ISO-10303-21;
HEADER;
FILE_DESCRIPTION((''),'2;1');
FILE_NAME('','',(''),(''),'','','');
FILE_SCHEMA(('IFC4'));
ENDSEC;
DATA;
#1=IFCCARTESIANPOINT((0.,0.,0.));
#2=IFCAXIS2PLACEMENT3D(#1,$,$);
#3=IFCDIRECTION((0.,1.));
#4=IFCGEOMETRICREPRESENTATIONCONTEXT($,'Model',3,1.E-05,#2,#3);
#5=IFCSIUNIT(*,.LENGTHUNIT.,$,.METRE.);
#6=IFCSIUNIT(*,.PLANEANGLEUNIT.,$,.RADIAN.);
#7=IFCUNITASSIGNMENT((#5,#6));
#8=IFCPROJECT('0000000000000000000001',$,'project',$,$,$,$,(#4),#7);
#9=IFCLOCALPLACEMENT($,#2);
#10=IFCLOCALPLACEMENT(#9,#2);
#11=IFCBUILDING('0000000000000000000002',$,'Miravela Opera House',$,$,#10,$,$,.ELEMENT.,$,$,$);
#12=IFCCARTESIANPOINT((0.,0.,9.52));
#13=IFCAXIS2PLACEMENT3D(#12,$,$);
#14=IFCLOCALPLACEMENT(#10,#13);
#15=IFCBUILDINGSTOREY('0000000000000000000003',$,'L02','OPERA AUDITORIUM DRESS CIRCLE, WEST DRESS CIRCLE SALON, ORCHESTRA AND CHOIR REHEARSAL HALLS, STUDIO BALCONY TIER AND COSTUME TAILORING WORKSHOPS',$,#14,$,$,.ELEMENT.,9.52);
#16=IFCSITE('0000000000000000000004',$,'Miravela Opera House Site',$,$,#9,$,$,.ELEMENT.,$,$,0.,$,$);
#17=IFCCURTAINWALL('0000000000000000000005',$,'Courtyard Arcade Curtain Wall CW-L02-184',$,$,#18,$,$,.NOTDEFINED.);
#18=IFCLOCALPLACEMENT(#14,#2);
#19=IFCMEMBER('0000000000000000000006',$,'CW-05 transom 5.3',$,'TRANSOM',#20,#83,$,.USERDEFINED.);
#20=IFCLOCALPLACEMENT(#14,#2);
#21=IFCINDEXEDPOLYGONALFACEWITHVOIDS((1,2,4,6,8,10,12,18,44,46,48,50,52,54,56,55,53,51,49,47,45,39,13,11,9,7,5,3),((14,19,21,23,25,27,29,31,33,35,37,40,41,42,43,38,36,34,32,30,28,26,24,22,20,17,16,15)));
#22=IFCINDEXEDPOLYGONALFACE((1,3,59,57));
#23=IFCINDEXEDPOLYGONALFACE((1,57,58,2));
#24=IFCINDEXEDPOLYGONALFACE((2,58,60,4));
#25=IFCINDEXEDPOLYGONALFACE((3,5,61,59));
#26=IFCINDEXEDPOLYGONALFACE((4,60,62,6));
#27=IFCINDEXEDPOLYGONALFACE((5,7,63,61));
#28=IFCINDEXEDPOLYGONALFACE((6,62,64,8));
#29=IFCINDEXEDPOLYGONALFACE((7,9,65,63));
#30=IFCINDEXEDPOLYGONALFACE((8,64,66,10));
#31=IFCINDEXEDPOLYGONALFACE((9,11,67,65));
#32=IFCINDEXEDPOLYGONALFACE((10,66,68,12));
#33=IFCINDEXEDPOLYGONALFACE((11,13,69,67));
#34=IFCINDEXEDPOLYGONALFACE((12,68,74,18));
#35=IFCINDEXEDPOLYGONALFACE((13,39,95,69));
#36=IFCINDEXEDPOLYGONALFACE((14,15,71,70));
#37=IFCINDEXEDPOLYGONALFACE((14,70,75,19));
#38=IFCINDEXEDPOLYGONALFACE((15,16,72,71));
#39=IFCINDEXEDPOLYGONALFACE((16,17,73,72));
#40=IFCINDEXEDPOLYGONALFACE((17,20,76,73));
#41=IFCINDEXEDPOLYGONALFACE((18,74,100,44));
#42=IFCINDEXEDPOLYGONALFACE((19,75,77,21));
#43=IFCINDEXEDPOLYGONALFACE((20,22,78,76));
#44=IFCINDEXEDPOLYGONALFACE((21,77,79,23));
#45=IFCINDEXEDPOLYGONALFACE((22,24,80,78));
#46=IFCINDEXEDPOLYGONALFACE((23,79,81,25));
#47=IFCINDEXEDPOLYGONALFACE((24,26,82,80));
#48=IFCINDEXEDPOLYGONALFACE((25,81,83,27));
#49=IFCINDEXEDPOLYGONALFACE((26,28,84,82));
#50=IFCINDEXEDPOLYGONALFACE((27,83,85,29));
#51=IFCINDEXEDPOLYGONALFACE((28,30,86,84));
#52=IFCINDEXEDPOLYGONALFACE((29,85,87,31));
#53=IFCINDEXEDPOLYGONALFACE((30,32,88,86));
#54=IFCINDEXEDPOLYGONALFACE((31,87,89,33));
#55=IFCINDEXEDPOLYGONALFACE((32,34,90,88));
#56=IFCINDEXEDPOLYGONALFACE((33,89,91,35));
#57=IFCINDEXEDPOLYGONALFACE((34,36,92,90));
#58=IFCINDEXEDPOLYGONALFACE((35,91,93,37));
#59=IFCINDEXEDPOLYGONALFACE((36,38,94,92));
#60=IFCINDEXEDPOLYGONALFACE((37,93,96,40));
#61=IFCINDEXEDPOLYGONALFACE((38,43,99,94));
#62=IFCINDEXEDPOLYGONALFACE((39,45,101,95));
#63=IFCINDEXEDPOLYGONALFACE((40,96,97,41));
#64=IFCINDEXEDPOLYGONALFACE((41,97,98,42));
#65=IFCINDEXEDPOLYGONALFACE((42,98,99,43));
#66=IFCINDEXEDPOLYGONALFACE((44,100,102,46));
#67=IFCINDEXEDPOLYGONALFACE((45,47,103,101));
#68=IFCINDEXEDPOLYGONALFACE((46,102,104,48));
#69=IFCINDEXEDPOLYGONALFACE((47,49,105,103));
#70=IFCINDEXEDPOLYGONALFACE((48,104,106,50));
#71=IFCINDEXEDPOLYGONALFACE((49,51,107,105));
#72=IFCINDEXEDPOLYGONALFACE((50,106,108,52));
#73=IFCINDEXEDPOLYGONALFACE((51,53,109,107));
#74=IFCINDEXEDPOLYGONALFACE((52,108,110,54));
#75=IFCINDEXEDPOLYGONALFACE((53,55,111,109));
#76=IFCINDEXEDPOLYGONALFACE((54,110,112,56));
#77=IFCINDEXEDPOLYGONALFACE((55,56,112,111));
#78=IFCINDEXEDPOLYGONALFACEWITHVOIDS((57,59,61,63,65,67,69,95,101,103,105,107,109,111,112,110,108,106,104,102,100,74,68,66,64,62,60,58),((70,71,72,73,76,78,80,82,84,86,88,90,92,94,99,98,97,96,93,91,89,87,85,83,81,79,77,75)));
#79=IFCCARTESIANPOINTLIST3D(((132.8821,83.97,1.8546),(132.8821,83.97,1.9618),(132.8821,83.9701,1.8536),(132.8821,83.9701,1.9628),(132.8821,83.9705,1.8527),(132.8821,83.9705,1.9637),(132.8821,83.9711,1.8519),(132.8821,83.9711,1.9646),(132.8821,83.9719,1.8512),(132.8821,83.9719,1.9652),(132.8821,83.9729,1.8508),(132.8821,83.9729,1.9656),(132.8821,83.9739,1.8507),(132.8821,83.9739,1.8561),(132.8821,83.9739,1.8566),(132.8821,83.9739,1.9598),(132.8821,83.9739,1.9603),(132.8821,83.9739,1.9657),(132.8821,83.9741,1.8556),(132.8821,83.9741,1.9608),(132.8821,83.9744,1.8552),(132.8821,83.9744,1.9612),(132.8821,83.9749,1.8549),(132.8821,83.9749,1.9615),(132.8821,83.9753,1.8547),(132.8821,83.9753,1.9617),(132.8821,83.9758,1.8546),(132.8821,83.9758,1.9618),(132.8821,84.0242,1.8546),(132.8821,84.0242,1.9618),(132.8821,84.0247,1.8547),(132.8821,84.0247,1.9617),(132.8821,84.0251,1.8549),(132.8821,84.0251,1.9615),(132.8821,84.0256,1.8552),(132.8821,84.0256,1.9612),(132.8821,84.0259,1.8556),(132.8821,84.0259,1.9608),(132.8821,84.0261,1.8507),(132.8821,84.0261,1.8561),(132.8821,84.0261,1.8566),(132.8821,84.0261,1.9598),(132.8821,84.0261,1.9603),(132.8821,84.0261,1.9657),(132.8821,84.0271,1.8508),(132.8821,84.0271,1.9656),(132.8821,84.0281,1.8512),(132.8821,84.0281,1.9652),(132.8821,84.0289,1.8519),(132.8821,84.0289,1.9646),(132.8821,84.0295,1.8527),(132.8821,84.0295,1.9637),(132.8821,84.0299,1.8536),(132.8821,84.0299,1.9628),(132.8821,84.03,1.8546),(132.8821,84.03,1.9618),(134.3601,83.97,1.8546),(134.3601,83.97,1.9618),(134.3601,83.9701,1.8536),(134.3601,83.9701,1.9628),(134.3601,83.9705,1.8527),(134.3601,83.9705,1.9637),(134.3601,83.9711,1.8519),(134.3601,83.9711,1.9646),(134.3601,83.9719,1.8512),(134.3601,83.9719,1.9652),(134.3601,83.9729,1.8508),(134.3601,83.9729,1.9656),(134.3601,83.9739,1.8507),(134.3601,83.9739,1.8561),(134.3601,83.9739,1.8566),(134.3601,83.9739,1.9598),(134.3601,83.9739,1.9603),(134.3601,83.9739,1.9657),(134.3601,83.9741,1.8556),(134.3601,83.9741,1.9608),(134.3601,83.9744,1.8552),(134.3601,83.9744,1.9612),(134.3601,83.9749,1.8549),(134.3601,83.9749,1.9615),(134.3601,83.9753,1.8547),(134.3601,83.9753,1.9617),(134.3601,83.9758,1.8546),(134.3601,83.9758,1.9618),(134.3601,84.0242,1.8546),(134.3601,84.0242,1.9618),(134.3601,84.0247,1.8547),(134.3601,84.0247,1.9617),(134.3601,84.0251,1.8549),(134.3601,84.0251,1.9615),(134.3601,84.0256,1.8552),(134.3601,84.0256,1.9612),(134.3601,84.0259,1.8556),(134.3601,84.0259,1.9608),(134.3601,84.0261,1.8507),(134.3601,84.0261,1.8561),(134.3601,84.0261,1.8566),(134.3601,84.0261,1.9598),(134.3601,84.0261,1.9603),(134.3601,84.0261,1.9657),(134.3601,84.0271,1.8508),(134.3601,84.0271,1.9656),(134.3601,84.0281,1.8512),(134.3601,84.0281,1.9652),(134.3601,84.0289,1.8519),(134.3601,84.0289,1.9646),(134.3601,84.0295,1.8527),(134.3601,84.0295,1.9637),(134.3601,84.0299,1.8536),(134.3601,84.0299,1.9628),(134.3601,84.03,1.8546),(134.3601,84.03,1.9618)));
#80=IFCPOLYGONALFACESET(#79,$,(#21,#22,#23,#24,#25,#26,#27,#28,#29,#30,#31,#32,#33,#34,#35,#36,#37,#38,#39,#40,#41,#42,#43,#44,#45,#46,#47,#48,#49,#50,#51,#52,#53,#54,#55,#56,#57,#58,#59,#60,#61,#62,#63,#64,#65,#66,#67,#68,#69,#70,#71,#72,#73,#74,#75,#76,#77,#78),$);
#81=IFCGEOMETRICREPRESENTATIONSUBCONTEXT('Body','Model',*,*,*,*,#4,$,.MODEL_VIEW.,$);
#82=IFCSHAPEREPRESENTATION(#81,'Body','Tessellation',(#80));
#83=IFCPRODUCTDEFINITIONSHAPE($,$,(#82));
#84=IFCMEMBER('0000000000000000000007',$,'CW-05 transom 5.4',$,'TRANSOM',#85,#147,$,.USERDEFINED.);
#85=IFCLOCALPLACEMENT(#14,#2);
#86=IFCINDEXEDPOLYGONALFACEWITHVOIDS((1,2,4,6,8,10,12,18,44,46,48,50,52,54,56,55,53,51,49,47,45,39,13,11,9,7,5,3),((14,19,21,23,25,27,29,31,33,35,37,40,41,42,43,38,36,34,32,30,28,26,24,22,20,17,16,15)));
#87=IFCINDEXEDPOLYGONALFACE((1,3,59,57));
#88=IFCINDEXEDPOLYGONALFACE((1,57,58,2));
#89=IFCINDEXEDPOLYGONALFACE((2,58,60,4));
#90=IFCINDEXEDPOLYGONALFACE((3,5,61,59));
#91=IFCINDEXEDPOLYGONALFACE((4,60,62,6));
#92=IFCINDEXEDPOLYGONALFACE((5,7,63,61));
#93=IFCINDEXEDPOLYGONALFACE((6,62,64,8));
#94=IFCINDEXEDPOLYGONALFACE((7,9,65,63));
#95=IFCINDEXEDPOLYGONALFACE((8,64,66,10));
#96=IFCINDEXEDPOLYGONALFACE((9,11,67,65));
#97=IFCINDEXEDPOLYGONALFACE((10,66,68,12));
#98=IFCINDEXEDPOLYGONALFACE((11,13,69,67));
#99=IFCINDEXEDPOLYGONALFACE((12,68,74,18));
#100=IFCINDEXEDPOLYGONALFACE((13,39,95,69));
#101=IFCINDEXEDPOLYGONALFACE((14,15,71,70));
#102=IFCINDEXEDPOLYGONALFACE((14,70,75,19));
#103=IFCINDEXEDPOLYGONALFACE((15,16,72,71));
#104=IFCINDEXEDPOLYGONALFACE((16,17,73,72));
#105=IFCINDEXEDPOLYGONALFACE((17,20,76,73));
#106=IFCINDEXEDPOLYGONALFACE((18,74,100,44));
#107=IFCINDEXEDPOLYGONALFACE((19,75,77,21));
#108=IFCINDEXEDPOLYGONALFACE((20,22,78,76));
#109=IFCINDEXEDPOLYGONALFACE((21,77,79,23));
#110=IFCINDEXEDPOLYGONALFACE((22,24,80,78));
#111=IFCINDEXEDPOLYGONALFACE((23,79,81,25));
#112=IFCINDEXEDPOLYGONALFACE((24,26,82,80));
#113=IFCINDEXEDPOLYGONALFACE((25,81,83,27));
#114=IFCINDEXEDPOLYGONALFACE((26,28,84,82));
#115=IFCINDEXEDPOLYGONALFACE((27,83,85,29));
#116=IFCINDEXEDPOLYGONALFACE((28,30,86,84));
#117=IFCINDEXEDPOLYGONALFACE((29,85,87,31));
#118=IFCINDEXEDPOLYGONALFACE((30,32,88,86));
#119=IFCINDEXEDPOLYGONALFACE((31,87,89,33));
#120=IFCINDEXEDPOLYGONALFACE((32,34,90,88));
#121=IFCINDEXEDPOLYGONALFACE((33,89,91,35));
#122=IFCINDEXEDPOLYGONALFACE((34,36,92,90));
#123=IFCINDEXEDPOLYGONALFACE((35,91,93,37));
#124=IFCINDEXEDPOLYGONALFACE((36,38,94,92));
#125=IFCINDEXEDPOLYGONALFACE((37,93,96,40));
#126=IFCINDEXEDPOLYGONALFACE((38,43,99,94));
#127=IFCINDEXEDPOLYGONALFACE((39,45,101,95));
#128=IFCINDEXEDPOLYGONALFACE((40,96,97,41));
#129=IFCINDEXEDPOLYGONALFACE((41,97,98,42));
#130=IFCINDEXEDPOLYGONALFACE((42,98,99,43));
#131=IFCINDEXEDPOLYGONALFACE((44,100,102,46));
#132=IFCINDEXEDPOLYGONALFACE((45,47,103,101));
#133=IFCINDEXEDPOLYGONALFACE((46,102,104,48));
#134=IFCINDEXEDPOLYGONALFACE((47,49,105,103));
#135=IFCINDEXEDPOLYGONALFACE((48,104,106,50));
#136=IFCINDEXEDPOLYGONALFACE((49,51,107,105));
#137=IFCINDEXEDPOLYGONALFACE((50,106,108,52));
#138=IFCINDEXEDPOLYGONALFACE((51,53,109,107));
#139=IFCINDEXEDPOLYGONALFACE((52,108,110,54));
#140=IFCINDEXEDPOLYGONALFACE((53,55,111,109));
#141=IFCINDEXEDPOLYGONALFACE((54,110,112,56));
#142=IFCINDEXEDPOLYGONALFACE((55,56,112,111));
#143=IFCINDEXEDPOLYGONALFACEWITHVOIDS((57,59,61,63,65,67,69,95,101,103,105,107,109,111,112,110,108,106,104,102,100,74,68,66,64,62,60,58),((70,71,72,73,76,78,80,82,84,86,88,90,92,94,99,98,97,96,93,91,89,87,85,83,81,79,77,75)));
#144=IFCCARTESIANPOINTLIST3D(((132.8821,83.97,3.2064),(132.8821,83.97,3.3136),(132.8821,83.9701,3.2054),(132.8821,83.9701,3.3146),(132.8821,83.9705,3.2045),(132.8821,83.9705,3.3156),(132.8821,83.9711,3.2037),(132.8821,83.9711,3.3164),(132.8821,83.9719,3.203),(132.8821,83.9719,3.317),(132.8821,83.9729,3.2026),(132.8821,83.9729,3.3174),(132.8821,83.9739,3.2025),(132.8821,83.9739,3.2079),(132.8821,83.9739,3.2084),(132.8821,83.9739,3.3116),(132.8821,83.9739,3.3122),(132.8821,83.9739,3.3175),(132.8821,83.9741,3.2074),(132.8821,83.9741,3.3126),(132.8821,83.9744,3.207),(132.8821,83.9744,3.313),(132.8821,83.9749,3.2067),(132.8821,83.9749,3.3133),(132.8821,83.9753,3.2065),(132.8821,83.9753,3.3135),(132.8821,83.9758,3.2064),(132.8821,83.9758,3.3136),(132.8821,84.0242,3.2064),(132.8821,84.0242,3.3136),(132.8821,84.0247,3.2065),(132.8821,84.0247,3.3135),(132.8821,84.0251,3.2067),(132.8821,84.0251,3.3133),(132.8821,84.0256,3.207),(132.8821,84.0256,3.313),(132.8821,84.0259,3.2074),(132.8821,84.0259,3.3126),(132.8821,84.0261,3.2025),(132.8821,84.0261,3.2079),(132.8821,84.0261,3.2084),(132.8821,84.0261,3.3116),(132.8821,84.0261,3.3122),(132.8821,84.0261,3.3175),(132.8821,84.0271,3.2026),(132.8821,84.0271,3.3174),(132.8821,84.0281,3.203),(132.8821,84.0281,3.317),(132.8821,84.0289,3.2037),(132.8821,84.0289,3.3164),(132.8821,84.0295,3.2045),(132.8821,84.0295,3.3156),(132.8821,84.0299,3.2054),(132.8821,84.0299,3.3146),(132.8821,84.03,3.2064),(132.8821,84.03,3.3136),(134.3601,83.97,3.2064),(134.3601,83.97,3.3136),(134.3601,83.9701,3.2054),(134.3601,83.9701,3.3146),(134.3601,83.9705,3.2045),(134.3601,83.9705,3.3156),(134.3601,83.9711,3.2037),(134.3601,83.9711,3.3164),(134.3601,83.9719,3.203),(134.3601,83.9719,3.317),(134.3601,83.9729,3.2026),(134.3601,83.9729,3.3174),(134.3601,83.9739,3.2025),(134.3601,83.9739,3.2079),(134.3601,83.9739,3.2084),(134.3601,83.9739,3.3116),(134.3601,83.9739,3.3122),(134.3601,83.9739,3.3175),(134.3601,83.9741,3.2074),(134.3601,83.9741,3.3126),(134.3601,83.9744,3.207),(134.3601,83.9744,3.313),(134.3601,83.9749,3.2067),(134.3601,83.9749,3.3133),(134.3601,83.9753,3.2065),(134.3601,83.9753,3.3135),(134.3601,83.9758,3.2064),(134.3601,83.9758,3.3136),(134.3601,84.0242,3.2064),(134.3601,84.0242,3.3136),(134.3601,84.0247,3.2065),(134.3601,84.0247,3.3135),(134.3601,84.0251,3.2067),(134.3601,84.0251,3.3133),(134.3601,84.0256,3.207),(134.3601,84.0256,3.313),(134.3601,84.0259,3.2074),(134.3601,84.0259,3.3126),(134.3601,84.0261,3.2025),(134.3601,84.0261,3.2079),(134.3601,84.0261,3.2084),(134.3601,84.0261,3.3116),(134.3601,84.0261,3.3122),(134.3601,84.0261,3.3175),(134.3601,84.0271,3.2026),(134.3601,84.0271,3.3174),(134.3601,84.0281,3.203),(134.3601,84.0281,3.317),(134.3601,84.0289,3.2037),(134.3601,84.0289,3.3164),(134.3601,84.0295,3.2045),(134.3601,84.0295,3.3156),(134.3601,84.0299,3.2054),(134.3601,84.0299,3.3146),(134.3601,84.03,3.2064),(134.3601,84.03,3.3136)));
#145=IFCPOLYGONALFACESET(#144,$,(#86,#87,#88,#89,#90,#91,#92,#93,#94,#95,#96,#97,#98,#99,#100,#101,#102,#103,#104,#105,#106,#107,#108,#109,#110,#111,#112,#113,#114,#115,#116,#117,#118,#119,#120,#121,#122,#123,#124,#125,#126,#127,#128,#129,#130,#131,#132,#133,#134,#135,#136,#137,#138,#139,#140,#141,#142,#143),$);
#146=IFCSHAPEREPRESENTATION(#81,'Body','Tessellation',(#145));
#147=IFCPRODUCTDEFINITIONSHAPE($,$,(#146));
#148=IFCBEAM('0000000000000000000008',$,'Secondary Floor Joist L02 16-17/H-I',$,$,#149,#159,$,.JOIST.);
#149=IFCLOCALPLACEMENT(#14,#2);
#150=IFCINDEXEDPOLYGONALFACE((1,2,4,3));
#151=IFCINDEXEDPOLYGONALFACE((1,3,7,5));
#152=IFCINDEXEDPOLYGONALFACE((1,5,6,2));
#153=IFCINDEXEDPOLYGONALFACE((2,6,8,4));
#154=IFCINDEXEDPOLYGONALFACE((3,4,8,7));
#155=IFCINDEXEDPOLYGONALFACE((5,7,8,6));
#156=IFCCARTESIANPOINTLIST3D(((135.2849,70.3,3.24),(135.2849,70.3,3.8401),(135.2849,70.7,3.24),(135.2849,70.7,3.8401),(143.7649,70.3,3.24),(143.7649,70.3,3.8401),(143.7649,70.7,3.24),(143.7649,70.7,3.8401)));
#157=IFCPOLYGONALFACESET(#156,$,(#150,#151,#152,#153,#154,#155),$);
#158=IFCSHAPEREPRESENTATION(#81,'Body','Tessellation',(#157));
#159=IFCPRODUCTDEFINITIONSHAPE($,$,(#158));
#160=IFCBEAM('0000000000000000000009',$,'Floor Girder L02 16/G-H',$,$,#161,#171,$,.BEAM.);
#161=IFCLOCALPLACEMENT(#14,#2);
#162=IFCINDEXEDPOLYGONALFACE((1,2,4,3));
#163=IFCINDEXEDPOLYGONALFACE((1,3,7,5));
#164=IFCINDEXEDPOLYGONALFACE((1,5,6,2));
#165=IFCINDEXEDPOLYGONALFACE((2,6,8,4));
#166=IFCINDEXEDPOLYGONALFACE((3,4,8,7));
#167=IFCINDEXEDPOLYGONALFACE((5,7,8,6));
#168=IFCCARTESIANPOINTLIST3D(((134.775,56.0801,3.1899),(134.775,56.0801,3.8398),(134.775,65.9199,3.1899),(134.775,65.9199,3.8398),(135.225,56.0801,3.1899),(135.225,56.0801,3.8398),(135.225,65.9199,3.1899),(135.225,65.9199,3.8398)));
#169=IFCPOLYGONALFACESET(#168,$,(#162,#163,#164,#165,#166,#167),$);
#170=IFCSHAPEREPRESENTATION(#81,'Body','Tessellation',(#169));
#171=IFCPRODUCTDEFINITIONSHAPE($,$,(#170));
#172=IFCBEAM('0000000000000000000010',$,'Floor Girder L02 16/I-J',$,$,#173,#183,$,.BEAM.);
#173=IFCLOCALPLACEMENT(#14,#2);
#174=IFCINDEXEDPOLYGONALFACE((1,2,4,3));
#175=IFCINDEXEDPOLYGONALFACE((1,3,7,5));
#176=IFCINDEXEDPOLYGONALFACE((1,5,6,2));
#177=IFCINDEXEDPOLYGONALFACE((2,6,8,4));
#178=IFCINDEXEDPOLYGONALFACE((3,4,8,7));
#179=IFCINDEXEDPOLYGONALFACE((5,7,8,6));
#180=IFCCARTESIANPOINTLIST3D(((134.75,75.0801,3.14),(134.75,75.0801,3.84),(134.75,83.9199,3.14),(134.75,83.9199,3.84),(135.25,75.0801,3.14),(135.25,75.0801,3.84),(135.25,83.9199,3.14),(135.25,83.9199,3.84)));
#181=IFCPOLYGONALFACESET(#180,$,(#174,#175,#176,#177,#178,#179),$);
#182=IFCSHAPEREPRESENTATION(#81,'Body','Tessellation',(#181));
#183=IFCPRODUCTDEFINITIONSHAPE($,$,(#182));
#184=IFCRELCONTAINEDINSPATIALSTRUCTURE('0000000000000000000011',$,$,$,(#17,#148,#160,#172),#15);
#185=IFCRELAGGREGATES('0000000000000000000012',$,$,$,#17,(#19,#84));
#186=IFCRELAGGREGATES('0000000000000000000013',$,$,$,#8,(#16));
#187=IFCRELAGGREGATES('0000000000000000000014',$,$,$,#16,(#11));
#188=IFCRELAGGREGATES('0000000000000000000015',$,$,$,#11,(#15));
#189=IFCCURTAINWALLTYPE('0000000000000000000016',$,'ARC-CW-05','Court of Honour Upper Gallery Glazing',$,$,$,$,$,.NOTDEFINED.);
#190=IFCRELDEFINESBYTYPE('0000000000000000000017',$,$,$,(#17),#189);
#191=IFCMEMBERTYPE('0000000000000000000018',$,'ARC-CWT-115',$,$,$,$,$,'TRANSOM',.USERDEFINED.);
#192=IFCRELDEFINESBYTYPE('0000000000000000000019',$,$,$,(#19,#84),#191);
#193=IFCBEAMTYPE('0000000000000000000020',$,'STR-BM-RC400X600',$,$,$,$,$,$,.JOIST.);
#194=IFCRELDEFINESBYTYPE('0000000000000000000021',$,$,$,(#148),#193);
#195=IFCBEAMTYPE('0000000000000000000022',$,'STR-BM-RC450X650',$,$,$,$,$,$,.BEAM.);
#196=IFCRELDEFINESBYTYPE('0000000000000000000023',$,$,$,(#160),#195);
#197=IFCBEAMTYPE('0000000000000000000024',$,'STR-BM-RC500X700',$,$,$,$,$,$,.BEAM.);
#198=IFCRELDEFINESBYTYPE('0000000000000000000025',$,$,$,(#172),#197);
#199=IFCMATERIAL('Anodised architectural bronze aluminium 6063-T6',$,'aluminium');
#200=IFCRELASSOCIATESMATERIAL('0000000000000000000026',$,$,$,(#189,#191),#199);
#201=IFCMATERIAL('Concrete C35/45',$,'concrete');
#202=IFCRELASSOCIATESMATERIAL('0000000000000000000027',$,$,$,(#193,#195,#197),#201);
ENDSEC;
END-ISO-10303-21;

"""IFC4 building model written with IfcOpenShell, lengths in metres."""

from ifc_helpers import new_model, si_unit, direction, frame, origin, origin_2d, place, context, subcontext, project, spatial, rectangle, hollow_rectangle, extrude, material, material_profile, profile_set, type_object, element, aggregate, save


model = new_model("IFC4")

# Units and contexts
model_context = context("Model", 3, precision=1e-05, world=origin(), true_north=direction((0.0, 1.0)))
body_context = subcontext(model_context, "Body", "Model", "MODEL_VIEW")
ifc_project = project(units=[si_unit("LENGTHUNIT", "METRE"), si_unit("PLANEANGLEUNIT", "RADIAN")], contexts=[model_context])

# Site, building, storey
site_placement = place(None, origin())
site = spatial("IfcSite", under=ifc_project, at=site_placement, Name="Miravela Opera House Site", CompositionType="ELEMENT", RefElevation=0.0)
building_placement = place(site_placement, origin())
building = spatial("IfcBuilding", under=site, at=building_placement, Name="Miravela Opera House", CompositionType="ELEMENT")
storey_placement = place(building_placement, frame((0.0, 0.0, 9.52)))
storey = spatial("IfcBuildingStorey", under=building, at=storey_placement, Name="L02", Description="OPERA AUDITORIUM DRESS CIRCLE, WEST DRESS CIRCLE SALON, ORCHESTRA AND CHOIR REHEARSAL HALLS, STUDIO BALCONY TIER AND COSTUME TAILORING WORKSHOPS", CompositionType="ELEMENT", Elevation=9.52)

# Shared definitions
ifc_material_1 = material(Name="Concrete C35/45", Category="concrete")

# Curtain wall, members
ifc_material_2 = material(Name="Anodised architectural bronze aluminium 6063-T6", Category="aluminium")
curtain_wall_type = type_object("IfcCurtainWallType", Name="ARC-CW-05", Description="Court of Honour Upper Gallery Glazing", PredefinedType="NOTDEFINED", material=ifc_material_2)
curtain_wall_placement = place(storey_placement, origin())
curtain_wall = element("IfcCurtainWall", 1, at=curtain_wall_placement, inside=storey, type_object=curtain_wall_type, Name="Courtyard Arcade Curtain Wall CW-L02-184", PredefinedType="NOTDEFINED")
ifc_material_profile_1 = material_profile(ifc_material_2, hollow_rectangle(XDim=0.0601, YDim=0.115, WallThickness=0.0039, InnerFilletRadius=0.002, OuterFilletRadius=0.0039, at=origin_2d()), Name="CWT-60X115")
ifc_profile_set_1 = profile_set([ifc_material_profile_1])
member_type_1 = type_object("IfcMemberType", Name="ARC-CWT-115", ElementType="TRANSOM", PredefinedType="USERDEFINED", material=ifc_profile_set_1)
member_1_placement = place(storey_placement, frame((132.8821, 84.0, 1.9082), z_axis=(1.0, 0.0, 0.0), x_axis=(0.0, 1.0, 0.0)))
member_1 = element("IfcMember", 2, at=member_1_placement, type_object=member_type_1, Name="CW-05 transom 5.3", ObjectType="TRANSOM", PredefinedType="USERDEFINED", context=body_context, shape_type="SweptSolid", body=[
    extrude(hollow_rectangle(XDim=0.0601, YDim=0.115, WallThickness=0.0039, InnerFilletRadius=0.002, OuterFilletRadius=0.0039, at=origin_2d()), origin(), (0.0, 0.0, 1.0), 1.478),
])
member_2_placement = place(storey_placement, frame((132.8821, 84.0, 3.26), z_axis=(1.0, 0.0, 0.0), x_axis=(0.0, 1.0, 0.0)))
member_2 = element("IfcMember", 3, at=member_2_placement, type_object=member_type_1, Name="CW-05 transom 5.4", ObjectType="TRANSOM", PredefinedType="USERDEFINED", context=body_context, shape_type="SweptSolid", body=[
    extrude(hollow_rectangle(XDim=0.0601, YDim=0.115, WallThickness=0.0039, InnerFilletRadius=0.002, OuterFilletRadius=0.0039, at=origin_2d()), origin(), (0.0, 0.0, 1.0), 1.478),
])

# Beams
ifc_material_profile_2 = material_profile(ifc_material_1, rectangle(XDim=0.3999, YDim=0.6001, at=origin_2d()), Name="RC-BM-400X600")
ifc_profile_set_2 = profile_set([ifc_material_profile_2])
beam_type_1 = type_object("IfcBeamType", Name="STR-BM-RC400X600", PredefinedType="JOIST", material=ifc_profile_set_2)
beam_1_placement = place(storey_placement, frame((135.2849, 70.5, 3.54), z_axis=(1.0, 0.0, 0.0), x_axis=(0.0, 1.0, 0.0)))
element("IfcBeam", 4, at=beam_1_placement, inside=storey, type_object=beam_type_1, Name="Secondary Floor Joist L02 16-17/H-I", PredefinedType="JOIST", context=body_context, shape_type="SweptSolid", body=[
    extrude(rectangle(XDim=0.3999, YDim=0.6001, at=origin_2d()), origin(), (0.0, 0.0, 1.0), 8.48),
])
ifc_material_profile_3 = material_profile(ifc_material_1, rectangle(XDim=0.45, YDim=0.6499, at=origin_2d()), Name="RC-BM-450X650")
ifc_profile_set_3 = profile_set([ifc_material_profile_3])
beam_type_2 = type_object("IfcBeamType", Name="STR-BM-RC450X650", PredefinedType="BEAM", material=ifc_profile_set_3)
beam_2_placement = place(storey_placement, frame((135.0, 56.0801, 3.5149), z_axis=(0.0, 1.0, 0.0), x_axis=(-1.0, 0.0, 0.0)))
element("IfcBeam", 5, at=beam_2_placement, inside=storey, type_object=beam_type_2, Name="Floor Girder L02 16/G-H", PredefinedType="BEAM", context=body_context, shape_type="SweptSolid", body=[
    extrude(rectangle(XDim=0.45, YDim=0.6499, at=origin_2d()), origin(), (0.0, 0.0, 1.0), 9.8398),
])
ifc_material_profile_4 = material_profile(ifc_material_1, rectangle(XDim=0.5, YDim=0.7, at=origin_2d()), Name="RC-BM-500X700")
ifc_profile_set_4 = profile_set([ifc_material_profile_4])
beam_type_3 = type_object("IfcBeamType", Name="STR-BM-RC500X700", PredefinedType="BEAM", material=ifc_profile_set_4)
beam_3_placement = place(storey_placement, frame((135.0, 75.0801, 3.49), z_axis=(0.0, 1.0, 0.0), x_axis=(-1.0, 0.0, 0.0)))
element("IfcBeam", 6, at=beam_3_placement, inside=storey, type_object=beam_type_3, Name="Floor Girder L02 16/I-J", PredefinedType="BEAM", context=body_context, shape_type="SweptSolid", body=[
    extrude(rectangle(XDim=0.5, YDim=0.7, at=origin_2d()), origin(), (0.0, 0.0, 1.0), 8.8398),
])

aggregate(curtain_wall, [member_1, member_2])

save(model, "model.ifc")
